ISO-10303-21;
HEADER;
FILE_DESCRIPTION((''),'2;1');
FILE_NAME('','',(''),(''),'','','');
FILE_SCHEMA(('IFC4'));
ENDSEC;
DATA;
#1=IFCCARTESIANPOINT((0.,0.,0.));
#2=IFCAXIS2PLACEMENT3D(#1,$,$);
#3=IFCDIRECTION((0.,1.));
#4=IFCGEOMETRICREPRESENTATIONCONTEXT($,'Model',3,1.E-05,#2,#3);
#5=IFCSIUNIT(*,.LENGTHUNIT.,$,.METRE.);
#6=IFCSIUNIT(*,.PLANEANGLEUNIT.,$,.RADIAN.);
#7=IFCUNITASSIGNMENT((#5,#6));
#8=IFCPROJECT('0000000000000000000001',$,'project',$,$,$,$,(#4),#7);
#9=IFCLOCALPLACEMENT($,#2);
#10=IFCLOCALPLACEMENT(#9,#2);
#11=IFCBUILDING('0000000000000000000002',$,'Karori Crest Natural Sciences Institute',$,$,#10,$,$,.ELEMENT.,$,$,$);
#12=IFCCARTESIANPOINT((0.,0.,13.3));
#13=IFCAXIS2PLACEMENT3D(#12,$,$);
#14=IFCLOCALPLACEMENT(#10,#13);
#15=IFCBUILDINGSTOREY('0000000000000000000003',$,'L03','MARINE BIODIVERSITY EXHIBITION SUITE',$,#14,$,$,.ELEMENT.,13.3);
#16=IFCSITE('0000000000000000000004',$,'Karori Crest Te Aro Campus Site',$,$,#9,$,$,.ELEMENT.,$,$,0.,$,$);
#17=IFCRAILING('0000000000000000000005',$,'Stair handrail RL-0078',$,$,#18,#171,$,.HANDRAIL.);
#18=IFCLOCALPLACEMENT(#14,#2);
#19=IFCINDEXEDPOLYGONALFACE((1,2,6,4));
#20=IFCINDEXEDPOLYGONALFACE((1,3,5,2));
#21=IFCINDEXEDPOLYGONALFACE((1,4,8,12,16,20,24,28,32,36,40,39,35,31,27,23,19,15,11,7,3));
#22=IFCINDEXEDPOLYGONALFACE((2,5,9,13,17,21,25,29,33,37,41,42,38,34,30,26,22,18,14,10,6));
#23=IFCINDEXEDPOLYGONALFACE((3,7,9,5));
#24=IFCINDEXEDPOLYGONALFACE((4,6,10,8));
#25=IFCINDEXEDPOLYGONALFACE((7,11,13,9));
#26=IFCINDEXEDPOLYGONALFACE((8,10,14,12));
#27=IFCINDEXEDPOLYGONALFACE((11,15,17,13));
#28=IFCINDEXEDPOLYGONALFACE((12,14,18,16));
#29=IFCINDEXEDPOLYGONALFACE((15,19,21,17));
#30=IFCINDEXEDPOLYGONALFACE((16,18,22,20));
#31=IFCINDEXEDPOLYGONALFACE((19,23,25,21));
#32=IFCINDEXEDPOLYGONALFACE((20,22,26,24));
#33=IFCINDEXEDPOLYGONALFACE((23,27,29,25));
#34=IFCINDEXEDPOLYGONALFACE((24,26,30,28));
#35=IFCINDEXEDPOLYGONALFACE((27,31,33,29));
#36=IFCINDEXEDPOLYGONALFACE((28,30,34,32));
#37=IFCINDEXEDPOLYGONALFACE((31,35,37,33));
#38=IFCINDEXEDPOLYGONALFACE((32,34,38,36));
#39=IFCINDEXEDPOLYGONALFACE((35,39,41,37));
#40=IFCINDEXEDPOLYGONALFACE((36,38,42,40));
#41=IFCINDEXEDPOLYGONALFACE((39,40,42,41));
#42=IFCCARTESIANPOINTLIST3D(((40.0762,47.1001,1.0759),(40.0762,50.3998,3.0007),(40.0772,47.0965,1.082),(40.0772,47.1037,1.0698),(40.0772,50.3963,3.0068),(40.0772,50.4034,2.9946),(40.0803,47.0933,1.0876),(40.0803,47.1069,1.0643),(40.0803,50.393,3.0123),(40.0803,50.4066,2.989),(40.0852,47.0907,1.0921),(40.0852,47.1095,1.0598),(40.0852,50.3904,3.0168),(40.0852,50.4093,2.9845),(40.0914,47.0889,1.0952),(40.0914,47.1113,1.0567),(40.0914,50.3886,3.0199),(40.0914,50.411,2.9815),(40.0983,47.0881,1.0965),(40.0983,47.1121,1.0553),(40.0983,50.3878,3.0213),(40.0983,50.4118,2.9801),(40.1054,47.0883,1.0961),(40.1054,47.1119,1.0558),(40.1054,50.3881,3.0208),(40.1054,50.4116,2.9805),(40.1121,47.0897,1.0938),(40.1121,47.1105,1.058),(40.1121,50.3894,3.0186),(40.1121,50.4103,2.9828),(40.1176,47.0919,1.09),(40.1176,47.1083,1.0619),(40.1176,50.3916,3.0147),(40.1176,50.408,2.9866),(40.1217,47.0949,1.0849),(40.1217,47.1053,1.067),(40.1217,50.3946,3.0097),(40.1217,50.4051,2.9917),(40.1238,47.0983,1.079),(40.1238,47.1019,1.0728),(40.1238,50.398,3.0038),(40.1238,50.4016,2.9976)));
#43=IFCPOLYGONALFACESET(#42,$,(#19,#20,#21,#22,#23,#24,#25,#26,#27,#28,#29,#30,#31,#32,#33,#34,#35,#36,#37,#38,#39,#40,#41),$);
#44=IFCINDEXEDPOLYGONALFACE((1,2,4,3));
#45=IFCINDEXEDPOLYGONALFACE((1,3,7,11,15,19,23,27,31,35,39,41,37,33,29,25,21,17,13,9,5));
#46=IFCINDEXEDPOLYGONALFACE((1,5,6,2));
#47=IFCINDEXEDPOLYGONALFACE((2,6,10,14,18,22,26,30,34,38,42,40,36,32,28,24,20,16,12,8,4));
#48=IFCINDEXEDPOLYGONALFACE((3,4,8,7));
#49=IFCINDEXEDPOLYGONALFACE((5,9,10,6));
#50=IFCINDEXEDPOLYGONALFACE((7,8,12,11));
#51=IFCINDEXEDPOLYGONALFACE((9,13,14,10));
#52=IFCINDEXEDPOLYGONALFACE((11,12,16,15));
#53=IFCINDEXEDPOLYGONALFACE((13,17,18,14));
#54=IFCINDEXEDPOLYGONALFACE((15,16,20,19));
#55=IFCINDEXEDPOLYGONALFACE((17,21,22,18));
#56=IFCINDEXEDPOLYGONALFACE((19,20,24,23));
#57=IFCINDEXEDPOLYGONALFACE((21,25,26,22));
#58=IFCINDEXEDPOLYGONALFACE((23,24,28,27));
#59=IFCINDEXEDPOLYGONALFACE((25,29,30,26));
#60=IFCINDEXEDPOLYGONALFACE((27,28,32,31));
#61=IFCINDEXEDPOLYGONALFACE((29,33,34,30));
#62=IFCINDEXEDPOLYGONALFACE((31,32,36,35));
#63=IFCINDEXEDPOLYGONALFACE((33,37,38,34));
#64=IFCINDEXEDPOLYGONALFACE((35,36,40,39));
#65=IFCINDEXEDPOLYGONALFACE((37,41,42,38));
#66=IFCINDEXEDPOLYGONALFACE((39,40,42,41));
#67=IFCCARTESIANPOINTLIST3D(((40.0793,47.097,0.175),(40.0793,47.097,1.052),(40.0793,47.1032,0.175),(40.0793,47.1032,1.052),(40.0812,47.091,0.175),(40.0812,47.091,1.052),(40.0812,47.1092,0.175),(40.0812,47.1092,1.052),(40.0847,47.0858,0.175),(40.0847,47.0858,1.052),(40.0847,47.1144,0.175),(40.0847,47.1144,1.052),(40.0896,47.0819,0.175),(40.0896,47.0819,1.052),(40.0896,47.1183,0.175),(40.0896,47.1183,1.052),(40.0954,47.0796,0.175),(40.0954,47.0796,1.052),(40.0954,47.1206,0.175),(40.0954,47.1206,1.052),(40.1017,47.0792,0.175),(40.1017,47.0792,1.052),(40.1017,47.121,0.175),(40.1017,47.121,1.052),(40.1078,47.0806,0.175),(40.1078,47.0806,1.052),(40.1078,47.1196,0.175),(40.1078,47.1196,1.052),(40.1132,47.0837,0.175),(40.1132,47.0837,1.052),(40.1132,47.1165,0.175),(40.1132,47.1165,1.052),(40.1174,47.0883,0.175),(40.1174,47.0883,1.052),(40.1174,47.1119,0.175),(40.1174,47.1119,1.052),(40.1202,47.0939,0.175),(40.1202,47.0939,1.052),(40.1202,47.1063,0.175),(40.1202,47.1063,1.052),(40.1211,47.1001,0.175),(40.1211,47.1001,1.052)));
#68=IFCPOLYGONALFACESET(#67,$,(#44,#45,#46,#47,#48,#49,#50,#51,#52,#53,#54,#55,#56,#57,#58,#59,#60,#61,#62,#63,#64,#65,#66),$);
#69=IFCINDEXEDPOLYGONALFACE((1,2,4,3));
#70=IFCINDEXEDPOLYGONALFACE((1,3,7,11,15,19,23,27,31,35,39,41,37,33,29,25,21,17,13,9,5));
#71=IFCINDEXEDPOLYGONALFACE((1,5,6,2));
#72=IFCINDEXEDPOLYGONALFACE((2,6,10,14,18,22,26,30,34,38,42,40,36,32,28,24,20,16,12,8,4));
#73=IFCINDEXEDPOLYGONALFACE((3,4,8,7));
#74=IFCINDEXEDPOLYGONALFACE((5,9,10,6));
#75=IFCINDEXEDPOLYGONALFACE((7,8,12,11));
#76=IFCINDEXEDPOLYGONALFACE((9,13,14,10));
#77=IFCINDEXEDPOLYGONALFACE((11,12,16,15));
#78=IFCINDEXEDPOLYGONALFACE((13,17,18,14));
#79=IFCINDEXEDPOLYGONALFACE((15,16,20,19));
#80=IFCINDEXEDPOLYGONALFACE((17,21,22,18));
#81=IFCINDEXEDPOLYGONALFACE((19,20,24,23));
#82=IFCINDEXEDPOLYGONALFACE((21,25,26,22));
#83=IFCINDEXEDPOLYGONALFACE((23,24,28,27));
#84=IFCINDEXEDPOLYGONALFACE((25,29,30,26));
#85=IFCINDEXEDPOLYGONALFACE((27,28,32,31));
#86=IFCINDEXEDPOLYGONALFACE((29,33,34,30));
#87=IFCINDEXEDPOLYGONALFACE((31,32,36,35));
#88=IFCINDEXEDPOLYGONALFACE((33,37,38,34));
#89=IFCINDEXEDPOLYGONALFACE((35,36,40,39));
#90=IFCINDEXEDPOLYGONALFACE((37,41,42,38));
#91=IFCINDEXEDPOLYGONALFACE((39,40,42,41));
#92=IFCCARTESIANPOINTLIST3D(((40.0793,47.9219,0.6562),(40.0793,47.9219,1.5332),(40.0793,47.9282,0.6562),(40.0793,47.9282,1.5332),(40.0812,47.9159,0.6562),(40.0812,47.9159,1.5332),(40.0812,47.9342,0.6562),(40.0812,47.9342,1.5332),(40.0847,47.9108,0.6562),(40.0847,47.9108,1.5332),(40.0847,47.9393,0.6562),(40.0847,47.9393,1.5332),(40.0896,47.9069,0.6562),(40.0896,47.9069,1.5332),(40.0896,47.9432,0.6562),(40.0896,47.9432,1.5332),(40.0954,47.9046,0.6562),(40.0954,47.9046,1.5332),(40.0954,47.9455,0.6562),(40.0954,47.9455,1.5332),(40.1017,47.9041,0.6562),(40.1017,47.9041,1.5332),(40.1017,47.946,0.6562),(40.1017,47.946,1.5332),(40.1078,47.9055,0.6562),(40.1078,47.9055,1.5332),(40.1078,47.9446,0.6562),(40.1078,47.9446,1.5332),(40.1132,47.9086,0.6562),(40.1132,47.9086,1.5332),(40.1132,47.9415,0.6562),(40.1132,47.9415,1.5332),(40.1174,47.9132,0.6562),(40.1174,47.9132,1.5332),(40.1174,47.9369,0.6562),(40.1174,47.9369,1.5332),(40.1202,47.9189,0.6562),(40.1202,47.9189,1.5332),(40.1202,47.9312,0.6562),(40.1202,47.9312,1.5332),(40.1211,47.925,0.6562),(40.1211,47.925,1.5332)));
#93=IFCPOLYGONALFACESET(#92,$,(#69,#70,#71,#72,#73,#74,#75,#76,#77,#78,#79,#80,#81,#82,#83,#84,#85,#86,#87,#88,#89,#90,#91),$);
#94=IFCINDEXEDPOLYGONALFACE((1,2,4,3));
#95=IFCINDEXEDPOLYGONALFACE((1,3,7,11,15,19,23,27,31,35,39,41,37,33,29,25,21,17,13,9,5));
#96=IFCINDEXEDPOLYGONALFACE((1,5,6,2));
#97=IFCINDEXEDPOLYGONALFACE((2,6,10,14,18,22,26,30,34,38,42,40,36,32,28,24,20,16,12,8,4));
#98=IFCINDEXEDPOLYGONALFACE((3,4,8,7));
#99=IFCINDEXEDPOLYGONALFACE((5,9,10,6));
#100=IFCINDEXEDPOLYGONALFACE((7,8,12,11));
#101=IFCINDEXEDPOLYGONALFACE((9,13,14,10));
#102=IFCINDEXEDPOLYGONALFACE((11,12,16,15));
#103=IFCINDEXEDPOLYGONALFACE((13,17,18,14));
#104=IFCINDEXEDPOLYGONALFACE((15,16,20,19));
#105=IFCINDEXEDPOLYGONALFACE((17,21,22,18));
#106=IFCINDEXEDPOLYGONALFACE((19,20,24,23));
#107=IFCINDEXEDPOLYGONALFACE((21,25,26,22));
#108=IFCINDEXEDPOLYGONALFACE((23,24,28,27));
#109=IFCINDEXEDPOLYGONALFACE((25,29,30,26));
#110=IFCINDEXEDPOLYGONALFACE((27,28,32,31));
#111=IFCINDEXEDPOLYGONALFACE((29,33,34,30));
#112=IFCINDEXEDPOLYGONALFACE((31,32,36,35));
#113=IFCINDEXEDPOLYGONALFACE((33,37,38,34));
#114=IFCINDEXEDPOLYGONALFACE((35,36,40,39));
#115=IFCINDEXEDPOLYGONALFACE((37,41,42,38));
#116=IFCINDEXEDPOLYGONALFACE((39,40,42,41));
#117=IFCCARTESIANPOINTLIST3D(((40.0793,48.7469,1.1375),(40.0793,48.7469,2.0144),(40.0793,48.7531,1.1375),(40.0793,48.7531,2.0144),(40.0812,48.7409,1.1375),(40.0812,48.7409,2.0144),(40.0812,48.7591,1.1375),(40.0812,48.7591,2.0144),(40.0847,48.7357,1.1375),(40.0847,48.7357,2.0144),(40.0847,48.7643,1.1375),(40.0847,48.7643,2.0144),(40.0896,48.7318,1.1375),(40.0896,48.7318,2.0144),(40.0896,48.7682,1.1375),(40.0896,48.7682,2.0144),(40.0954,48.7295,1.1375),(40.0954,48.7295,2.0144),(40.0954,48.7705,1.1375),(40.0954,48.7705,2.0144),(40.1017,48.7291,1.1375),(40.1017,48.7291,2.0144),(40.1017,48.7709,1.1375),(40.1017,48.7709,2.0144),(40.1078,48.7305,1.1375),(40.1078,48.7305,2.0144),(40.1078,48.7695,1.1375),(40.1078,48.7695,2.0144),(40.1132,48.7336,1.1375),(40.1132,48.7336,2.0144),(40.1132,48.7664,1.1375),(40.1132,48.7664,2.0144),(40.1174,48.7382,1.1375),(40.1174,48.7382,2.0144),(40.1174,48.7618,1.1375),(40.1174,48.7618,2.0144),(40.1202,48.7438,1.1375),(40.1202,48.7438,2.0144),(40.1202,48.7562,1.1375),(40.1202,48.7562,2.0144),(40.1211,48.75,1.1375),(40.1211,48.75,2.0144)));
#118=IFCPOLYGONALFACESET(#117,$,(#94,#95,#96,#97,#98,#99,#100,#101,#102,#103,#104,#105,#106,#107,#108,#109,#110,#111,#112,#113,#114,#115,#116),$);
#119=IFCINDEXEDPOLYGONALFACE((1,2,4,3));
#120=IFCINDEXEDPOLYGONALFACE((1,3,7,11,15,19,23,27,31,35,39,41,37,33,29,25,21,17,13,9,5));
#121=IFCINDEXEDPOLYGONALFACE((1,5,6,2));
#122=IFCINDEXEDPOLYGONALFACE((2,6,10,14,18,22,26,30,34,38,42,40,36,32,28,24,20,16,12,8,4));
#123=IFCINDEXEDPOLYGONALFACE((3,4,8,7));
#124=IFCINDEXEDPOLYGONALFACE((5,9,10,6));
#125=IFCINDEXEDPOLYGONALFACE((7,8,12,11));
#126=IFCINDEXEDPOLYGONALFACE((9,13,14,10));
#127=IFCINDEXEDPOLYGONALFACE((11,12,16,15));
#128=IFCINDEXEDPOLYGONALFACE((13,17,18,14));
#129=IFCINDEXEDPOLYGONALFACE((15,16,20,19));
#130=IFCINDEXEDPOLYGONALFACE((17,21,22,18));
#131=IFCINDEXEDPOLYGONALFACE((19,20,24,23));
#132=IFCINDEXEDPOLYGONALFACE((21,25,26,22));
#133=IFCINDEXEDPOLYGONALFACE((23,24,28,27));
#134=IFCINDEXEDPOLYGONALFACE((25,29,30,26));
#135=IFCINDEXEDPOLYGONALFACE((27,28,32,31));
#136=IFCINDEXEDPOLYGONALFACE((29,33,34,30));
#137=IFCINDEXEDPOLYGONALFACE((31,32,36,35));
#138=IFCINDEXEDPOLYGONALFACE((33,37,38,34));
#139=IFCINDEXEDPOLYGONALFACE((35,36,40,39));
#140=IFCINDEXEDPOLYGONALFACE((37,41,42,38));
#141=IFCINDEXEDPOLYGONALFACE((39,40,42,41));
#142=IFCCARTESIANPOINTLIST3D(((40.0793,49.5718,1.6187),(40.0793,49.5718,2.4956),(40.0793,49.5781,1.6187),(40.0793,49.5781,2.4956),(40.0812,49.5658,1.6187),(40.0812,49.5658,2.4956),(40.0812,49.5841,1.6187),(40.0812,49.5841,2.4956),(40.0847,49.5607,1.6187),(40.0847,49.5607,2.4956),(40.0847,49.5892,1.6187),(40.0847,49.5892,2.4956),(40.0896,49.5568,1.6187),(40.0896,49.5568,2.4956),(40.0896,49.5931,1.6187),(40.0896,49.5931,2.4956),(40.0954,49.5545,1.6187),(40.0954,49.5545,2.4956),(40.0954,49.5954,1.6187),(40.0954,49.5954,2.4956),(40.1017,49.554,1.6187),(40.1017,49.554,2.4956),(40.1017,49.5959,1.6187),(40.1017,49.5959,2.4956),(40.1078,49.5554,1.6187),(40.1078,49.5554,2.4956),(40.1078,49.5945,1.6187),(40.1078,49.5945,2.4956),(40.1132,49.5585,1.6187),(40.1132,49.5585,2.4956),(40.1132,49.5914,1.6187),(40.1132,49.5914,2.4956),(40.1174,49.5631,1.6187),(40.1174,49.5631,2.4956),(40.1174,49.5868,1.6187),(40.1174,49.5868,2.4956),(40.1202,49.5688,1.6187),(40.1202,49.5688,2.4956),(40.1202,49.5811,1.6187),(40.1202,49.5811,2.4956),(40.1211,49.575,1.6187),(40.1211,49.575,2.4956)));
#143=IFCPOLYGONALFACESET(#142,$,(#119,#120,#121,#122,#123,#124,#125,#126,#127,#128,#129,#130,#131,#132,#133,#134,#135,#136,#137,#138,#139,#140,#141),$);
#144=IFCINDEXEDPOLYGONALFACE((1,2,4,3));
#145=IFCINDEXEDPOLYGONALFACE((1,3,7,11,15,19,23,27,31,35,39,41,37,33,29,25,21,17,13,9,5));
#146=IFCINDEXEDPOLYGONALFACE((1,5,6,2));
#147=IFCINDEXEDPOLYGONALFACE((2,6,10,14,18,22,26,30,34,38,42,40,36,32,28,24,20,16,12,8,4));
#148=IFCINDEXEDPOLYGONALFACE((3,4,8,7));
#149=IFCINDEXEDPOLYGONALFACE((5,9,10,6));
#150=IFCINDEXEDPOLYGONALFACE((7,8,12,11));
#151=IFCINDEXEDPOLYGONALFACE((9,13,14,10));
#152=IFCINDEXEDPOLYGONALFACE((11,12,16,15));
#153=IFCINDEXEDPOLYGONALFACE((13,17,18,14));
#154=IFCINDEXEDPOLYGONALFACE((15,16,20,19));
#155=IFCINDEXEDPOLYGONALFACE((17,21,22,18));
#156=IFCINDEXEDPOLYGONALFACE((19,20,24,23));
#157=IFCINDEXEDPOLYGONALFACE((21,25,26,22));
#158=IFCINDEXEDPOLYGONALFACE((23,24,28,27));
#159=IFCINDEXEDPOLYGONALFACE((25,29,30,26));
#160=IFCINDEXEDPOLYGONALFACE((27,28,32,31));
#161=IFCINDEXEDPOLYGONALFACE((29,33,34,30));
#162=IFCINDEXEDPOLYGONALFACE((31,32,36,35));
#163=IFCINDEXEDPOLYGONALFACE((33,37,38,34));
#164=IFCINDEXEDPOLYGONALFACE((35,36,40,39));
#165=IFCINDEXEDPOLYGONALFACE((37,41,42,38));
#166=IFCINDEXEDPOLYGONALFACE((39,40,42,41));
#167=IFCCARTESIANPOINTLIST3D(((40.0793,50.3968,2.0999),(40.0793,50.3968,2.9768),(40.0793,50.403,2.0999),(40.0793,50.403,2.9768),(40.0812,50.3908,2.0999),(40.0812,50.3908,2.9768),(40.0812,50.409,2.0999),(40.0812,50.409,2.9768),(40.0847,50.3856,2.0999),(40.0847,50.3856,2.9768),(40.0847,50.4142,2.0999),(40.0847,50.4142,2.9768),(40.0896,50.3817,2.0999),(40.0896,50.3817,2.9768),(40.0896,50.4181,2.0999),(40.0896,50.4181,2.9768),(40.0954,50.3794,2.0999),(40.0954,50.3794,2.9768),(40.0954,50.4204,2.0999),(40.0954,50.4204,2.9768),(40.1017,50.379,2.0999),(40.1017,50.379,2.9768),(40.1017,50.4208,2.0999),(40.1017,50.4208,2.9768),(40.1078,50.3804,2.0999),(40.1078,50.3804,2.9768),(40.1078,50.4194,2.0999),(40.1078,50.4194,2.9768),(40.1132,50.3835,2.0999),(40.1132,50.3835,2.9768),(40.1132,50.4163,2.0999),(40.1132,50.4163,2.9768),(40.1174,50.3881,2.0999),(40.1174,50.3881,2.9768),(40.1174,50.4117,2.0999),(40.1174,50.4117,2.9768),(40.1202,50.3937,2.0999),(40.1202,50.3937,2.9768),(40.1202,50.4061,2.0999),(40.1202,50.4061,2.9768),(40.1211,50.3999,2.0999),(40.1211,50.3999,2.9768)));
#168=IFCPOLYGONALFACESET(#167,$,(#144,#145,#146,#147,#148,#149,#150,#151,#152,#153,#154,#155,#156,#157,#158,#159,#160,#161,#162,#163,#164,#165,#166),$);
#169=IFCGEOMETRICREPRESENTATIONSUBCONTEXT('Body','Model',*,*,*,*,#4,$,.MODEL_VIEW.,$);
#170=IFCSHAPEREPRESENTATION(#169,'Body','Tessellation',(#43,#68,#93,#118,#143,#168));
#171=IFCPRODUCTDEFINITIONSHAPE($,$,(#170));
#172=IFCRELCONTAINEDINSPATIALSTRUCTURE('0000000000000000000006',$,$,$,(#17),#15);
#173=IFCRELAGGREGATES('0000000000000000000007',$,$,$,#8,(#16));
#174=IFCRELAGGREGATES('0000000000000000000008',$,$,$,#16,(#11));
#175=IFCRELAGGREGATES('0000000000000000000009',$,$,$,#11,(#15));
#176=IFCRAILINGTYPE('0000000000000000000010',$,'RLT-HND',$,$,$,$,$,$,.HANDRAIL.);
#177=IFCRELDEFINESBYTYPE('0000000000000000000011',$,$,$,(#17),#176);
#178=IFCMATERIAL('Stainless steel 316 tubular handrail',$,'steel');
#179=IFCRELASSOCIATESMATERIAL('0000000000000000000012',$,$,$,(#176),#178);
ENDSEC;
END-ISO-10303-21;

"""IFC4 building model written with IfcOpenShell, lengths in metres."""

from ifc_helpers import new_model, si_unit, direction, frame, origin, origin_2d, place, context, subcontext, project, spatial, circle, extrude, material, type_object, element, save


model = new_model("IFC4")

# Units and contexts
model_context = context("Model", 3, precision=1e-05, world=origin(), true_north=direction((0.0, 1.0)))
body_context = subcontext(model_context, "Body", "Model", "MODEL_VIEW")
ifc_project = project(units=[si_unit("LENGTHUNIT", "METRE"), si_unit("PLANEANGLEUNIT", "RADIAN")], contexts=[model_context])

# Site, building, storey
site_placement = place(None, origin())
site = spatial("IfcSite", under=ifc_project, at=site_placement, Name="Karori Crest Te Aro Campus Site", CompositionType="ELEMENT", RefElevation=0.0)
building_placement = place(site_placement, origin())
building = spatial("IfcBuilding", under=site, at=building_placement, Name="Karori Crest Natural Sciences Institute", CompositionType="ELEMENT")
storey_placement = place(building_placement, frame((0.0, 0.0, 13.3)))
storey = spatial("IfcBuildingStorey", under=building, at=storey_placement, Name="L03", Description="MARINE BIODIVERSITY EXHIBITION SUITE", CompositionType="ELEMENT", Elevation=13.3)

# Railing
ifc_material_1 = material(Name="Stainless steel 316 tubular handrail", Category="steel")
railing_type_1 = type_object("IfcRailingType", Name="RLT-HND", PredefinedType="HANDRAIL", material=ifc_material_1)
railing_1_placement = place(storey_placement, frame((40.1001, 47.1001, 0.175)))
element("IfcRailing", 1, at=railing_1_placement, inside=storey, type_object=railing_type_1, Name="Stair handrail RL-0078", PredefinedType="HANDRAIL", context=body_context, shape_type="SweptSolid", body=[
    extrude(circle(Radius=0.0239, at=origin_2d()), frame((0.0, 0.0, 0.9009), z_axis=(0.0, 0.863788, 0.503855), x_axis=(-1.0, 0.0, 0.0)), (0.0, 0.0, 1.0), 3.8201),
    extrude(circle(Radius=0.021, at=origin_2d()), origin(), (0.0, 0.0, 1.0), 0.877),
    extrude(circle(Radius=0.021, at=origin_2d()), frame((0.0, 0.825, 0.4812)), (0.0, 0.0, 1.0), 0.877),
    extrude(circle(Radius=0.021, at=origin_2d()), frame((0.0, 1.6499, 0.9624)), (0.0, 0.0, 1.0), 0.877),
    extrude(circle(Radius=0.021, at=origin_2d()), frame((0.0, 2.4749, 1.4436)), (0.0, 0.0, 1.0), 0.877),
    extrude(circle(Radius=0.021, at=origin_2d()), frame((0.0, 3.2998, 1.9248)), (0.0, 0.0, 1.0), 0.877),
])

save(model, "model.ifc")
